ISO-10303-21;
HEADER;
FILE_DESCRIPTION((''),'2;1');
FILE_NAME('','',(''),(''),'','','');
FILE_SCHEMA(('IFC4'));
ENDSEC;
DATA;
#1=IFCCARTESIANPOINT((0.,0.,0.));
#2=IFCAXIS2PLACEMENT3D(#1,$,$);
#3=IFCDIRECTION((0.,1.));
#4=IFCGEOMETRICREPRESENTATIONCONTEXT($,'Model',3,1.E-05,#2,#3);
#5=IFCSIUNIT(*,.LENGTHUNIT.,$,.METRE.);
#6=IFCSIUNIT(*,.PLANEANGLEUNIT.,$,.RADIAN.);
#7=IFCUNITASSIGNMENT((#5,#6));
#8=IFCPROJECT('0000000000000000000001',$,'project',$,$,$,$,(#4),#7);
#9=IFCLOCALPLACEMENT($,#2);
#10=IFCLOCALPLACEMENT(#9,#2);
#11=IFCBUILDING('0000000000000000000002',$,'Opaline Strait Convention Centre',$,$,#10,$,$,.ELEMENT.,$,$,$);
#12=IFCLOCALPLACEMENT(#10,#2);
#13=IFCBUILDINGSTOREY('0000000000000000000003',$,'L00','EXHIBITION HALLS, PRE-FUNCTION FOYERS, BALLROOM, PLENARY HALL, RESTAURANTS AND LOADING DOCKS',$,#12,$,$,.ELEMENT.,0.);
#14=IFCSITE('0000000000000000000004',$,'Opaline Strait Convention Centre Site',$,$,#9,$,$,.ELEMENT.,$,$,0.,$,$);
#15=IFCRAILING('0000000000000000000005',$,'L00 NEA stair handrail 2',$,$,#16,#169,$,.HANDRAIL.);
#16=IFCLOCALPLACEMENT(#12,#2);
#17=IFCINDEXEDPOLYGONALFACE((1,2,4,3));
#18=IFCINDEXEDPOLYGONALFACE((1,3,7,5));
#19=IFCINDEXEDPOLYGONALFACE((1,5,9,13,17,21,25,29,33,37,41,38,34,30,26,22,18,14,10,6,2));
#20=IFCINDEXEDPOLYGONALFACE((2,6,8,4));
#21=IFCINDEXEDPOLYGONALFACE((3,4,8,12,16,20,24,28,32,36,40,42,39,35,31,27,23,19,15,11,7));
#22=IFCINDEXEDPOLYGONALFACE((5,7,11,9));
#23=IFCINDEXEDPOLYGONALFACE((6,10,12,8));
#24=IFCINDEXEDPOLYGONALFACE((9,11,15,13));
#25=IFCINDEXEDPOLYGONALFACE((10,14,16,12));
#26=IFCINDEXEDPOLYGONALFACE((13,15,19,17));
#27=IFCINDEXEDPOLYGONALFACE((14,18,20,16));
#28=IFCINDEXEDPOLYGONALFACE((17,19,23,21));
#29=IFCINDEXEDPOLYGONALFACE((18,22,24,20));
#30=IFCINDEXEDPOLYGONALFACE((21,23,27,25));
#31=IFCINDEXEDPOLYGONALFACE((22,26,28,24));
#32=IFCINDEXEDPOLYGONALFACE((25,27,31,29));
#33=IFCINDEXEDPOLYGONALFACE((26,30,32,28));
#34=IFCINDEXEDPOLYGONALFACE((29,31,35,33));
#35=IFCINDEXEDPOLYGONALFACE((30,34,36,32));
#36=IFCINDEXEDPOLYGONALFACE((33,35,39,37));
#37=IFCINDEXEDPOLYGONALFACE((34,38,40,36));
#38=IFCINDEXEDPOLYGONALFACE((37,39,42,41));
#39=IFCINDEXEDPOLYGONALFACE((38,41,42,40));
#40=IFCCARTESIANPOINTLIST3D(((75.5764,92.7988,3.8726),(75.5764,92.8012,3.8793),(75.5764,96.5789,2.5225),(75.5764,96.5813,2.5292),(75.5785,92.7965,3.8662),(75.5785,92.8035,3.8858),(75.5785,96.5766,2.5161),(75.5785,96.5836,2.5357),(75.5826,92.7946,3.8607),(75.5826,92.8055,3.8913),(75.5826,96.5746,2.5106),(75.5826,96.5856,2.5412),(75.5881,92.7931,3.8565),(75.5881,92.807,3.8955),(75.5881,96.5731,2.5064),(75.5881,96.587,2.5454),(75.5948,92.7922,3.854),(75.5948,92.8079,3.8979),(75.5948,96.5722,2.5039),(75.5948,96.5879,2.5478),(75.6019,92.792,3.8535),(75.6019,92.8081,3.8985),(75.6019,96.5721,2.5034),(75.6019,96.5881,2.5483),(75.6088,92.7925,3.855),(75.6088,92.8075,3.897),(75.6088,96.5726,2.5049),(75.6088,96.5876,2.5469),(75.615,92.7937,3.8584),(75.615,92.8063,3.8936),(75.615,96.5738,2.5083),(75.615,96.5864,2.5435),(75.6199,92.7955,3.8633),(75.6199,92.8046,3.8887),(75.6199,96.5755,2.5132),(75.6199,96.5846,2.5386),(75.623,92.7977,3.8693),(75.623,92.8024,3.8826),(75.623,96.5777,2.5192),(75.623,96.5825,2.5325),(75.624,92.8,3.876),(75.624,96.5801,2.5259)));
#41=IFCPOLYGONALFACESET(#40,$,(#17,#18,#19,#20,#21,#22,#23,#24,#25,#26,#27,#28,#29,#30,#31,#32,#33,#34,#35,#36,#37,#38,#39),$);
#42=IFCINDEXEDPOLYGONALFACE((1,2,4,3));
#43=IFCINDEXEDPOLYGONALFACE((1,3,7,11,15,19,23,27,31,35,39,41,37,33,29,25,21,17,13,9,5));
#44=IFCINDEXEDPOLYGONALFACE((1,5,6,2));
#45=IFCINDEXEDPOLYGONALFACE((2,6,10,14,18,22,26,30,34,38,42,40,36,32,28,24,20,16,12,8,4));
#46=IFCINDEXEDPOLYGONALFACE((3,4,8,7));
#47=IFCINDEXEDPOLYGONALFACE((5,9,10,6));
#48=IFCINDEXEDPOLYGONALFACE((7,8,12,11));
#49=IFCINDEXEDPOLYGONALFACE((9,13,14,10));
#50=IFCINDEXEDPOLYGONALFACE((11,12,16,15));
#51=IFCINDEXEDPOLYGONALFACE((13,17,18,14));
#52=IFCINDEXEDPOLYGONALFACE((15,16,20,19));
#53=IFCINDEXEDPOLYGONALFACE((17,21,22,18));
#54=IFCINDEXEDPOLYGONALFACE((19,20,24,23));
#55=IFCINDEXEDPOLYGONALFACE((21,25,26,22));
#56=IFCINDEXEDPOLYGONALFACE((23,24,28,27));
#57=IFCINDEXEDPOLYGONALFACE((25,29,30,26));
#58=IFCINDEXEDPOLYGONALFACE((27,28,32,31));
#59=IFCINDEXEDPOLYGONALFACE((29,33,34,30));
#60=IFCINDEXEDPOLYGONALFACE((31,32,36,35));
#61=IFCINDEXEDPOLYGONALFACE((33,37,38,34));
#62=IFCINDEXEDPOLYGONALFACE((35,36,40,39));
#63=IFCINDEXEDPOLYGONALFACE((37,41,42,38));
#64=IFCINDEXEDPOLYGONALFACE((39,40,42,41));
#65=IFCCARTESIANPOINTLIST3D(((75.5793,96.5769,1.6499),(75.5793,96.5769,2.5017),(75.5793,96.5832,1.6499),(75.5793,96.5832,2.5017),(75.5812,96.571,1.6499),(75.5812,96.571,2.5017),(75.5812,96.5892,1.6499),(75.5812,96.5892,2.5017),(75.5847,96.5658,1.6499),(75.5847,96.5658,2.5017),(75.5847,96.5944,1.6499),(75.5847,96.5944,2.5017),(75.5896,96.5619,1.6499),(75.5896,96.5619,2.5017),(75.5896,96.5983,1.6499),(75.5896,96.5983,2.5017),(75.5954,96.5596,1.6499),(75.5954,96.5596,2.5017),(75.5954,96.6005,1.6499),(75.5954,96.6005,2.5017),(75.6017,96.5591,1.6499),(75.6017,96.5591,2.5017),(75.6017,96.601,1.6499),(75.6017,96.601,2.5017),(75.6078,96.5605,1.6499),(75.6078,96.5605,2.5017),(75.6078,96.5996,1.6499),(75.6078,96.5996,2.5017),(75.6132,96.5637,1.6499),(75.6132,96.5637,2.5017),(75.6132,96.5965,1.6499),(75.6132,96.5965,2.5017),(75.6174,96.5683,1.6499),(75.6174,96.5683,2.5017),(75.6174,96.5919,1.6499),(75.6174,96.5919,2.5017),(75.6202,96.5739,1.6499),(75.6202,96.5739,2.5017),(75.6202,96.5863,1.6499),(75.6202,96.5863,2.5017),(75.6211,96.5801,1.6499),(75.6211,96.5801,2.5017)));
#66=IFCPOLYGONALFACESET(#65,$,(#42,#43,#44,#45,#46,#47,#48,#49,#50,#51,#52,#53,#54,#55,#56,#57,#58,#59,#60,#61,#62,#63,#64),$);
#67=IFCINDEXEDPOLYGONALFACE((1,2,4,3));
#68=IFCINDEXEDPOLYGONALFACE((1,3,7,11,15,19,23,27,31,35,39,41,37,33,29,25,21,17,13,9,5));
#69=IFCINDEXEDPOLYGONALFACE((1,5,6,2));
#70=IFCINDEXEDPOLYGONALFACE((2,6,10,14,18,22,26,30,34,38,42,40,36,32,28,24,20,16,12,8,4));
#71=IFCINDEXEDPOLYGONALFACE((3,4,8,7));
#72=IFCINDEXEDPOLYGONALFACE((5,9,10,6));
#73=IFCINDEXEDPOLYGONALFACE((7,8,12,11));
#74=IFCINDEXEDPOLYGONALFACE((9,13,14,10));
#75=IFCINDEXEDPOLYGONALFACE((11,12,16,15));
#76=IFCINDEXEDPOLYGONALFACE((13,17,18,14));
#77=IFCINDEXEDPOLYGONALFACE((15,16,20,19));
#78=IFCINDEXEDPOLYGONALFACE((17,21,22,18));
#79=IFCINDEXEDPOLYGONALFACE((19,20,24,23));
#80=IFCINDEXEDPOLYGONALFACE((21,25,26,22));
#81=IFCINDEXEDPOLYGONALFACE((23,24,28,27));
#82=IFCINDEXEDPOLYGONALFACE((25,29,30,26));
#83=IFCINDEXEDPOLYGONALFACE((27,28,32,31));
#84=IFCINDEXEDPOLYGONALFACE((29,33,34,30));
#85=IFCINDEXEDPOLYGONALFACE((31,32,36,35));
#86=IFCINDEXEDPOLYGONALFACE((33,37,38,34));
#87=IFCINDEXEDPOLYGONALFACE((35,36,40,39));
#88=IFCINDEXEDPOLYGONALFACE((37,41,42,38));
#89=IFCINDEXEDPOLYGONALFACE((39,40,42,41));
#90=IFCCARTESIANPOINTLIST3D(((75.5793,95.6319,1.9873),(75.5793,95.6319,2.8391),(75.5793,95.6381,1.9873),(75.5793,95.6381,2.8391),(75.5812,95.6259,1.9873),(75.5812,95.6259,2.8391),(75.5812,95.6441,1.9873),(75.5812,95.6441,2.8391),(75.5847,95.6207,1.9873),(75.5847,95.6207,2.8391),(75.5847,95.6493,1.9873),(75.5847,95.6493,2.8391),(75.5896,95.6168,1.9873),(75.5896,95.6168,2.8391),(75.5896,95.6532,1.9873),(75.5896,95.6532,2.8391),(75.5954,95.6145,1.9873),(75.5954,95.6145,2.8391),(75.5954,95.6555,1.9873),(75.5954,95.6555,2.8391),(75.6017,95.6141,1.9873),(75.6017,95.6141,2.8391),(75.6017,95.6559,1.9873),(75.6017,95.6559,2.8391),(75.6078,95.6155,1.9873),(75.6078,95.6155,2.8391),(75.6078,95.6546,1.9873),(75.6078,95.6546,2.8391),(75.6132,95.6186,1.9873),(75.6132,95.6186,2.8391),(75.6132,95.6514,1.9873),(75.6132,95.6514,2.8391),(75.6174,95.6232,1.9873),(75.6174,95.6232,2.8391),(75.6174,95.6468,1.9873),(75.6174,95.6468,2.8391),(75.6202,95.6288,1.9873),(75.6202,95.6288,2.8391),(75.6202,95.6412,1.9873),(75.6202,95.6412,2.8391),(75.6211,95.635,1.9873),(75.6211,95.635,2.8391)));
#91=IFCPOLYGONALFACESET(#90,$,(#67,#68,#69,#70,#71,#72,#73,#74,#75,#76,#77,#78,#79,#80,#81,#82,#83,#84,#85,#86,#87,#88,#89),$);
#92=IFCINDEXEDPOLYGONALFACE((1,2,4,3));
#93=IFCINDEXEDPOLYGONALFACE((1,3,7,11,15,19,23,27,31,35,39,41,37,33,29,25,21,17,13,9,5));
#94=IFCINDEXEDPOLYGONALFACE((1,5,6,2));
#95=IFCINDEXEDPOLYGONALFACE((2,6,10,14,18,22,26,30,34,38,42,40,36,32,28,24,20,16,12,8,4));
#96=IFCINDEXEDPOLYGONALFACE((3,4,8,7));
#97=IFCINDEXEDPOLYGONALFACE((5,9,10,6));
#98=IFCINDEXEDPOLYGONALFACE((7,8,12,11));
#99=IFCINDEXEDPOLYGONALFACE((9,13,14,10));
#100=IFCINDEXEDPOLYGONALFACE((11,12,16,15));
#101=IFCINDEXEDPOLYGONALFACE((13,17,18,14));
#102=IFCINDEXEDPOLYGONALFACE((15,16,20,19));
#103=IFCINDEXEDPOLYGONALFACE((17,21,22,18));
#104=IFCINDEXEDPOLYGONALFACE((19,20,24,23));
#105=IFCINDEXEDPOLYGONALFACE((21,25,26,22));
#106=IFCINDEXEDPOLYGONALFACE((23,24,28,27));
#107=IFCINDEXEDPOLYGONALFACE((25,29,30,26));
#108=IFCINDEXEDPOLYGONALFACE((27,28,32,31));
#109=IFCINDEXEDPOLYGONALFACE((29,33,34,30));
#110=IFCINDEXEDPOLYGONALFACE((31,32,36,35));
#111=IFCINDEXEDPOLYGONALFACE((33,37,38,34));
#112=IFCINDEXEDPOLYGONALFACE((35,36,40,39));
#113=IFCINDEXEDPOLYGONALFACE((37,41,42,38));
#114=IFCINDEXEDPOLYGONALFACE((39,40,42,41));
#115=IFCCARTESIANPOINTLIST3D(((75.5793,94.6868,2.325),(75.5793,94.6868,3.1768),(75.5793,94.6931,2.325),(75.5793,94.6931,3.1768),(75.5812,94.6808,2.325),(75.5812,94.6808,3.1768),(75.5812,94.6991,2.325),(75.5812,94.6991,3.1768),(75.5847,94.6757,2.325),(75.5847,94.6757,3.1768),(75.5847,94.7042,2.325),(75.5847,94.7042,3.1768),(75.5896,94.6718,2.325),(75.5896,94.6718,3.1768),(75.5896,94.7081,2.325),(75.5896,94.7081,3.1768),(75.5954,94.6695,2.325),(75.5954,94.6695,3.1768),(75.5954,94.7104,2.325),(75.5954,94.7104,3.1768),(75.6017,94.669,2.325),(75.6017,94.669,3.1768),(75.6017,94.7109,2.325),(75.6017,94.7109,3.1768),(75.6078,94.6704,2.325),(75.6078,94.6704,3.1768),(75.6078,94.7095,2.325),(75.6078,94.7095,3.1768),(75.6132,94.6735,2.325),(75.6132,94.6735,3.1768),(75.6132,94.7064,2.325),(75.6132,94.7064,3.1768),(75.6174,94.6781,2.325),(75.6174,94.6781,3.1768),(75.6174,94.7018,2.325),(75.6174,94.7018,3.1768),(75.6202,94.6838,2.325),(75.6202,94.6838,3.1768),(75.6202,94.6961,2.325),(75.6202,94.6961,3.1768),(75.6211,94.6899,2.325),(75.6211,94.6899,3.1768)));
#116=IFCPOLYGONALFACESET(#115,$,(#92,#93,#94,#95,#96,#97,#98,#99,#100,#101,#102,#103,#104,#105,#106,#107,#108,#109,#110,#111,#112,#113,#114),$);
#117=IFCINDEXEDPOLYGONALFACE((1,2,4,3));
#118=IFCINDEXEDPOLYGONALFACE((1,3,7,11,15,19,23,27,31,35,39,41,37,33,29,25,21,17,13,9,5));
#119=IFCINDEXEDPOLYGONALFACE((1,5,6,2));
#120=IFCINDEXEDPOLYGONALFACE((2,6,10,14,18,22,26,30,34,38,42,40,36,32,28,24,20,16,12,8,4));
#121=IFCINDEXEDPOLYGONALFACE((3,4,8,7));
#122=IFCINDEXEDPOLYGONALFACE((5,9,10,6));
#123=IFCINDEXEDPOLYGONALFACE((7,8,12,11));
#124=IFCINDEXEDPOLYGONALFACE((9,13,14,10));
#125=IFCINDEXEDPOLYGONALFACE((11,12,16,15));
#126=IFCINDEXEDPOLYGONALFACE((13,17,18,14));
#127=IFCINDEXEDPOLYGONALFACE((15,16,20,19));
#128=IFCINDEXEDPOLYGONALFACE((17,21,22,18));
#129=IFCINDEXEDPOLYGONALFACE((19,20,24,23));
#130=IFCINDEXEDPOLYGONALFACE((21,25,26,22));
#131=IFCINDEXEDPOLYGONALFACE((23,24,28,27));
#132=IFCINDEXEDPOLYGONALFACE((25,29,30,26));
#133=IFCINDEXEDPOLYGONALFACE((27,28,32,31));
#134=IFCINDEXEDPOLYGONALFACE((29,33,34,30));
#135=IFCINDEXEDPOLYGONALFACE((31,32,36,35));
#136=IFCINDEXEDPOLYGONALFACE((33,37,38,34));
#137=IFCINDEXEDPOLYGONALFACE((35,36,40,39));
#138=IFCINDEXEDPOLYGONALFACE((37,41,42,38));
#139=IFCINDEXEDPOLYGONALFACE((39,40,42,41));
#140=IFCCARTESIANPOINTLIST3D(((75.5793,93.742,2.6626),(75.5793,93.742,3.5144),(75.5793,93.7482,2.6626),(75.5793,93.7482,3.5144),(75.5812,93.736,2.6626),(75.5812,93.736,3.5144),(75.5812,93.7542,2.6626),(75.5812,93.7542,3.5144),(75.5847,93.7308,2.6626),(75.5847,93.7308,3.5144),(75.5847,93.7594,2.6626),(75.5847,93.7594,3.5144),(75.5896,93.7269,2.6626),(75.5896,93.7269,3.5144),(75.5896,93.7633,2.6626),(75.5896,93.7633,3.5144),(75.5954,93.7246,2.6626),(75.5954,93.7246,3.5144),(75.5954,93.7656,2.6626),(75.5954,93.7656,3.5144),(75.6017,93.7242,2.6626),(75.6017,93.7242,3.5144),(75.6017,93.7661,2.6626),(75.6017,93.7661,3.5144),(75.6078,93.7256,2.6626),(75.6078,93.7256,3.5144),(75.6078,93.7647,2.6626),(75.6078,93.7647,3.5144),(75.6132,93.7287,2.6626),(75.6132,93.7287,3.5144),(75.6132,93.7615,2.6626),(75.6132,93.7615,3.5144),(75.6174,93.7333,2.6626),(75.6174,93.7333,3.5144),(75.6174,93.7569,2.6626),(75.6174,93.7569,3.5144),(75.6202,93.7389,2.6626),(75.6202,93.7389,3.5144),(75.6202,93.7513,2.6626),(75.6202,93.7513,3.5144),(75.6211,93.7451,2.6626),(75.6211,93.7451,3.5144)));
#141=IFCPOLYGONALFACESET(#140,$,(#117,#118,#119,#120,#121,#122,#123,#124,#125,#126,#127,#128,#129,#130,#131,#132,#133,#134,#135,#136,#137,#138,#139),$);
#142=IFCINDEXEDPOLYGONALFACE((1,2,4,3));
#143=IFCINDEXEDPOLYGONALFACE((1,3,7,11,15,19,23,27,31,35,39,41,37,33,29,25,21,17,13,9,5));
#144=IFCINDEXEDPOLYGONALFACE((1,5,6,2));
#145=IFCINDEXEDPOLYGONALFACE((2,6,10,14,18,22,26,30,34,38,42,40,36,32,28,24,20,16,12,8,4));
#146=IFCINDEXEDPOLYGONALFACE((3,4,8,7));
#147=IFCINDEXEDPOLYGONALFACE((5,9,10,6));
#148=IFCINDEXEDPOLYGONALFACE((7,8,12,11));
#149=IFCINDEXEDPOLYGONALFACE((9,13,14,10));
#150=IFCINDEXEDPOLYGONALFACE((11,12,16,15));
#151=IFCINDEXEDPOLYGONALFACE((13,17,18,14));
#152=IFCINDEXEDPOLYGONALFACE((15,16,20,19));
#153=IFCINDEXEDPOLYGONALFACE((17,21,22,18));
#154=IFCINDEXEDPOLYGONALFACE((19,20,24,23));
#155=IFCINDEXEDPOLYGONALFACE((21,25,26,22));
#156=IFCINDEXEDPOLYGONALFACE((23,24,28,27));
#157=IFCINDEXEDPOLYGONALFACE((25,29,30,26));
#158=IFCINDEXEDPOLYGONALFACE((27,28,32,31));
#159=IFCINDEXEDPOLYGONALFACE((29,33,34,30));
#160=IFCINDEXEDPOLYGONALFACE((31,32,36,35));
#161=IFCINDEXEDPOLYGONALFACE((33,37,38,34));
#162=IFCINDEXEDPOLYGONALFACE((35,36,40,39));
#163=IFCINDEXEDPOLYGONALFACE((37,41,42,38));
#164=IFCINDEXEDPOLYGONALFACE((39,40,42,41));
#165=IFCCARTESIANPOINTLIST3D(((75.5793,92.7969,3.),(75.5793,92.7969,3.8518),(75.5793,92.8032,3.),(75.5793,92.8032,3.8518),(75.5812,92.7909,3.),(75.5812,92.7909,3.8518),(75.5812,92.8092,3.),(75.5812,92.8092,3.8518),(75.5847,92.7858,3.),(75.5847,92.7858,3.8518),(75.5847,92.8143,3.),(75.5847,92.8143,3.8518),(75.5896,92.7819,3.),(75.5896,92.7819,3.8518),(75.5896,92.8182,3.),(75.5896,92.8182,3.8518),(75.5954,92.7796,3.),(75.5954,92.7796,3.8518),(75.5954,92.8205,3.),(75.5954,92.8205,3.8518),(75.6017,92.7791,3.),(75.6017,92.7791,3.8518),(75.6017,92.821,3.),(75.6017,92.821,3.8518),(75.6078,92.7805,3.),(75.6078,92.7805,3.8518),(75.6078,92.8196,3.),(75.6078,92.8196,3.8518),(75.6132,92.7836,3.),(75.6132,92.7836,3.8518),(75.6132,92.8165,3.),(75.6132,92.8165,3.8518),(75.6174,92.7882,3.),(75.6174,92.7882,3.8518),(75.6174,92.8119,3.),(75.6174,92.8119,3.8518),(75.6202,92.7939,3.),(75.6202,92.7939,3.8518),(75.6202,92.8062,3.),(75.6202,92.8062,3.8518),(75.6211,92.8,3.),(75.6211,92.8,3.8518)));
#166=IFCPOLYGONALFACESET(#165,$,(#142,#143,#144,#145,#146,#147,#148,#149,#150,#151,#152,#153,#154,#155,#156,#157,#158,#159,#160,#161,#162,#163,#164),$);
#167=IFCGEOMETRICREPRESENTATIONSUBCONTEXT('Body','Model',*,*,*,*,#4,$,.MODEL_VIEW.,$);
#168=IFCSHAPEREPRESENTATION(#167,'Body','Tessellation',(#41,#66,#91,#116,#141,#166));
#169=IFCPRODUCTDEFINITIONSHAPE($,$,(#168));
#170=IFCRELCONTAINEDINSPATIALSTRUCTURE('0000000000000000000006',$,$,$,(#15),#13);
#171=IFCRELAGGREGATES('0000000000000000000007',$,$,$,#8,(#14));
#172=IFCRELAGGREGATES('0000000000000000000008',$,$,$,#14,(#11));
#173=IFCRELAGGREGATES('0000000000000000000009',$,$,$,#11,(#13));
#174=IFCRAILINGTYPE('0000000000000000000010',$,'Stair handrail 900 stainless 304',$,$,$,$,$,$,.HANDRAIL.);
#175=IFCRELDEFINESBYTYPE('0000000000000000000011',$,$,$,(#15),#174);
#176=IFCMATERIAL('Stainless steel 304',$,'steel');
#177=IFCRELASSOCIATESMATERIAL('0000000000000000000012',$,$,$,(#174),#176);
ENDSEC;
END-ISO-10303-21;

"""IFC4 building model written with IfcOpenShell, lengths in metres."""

from ifc_helpers import new_model, si_unit, direction, frame, origin, origin_2d, place, context, subcontext, project, spatial, circle, extrude, material, type_object, element, save


model = new_model("IFC4")

# Units and contexts
model_context = context("Model", 3, precision=1e-05, world=origin(), true_north=direction((0.0, 1.0)))
body_context = subcontext(model_context, "Body", "Model", "MODEL_VIEW")
ifc_project = project(units=[si_unit("LENGTHUNIT", "METRE"), si_unit("PLANEANGLEUNIT", "RADIAN")], contexts=[model_context])

# Site, building, storey
site_placement = place(None, origin())
site = spatial("IfcSite", under=ifc_project, at=site_placement, Name="Opaline Strait Convention Centre Site", CompositionType="ELEMENT", RefElevation=0.0)
building_placement = place(site_placement, origin())
building = spatial("IfcBuilding", under=site, at=building_placement, Name="Opaline Strait Convention Centre", CompositionType="ELEMENT")
storey_placement = place(building_placement, origin())
storey = spatial("IfcBuildingStorey", under=building, at=storey_placement, Name="L00", Description="EXHIBITION HALLS, PRE-FUNCTION FOYERS, BALLROOM, PLENARY HALL, RESTAURANTS AND LOADING DOCKS", CompositionType="ELEMENT", Elevation=0.0)

# Railing
ifc_material_1 = material(Name="Stainless steel 304", Category="steel")
railing_type_1 = type_object("IfcRailingType", Name="Stair handrail 900 stainless 304", PredefinedType="HANDRAIL", material=ifc_material_1)
railing_1_placement = place(storey_placement, frame((75.6001, 96.5801, 1.6499)))
element("IfcRailing", 1, at=railing_1_placement, inside=storey, type_object=railing_type_1, Name="L00 NEA stair handrail 2", PredefinedType="HANDRAIL", context=body_context, shape_type="SweptSolid", body=[
    extrude(circle(Radius=0.0239, at=origin_2d()), frame((0.0, 0.0, 0.876), z_axis=(0.0, -0.941735, 0.336356), x_axis=(1.0, 0.0, 0.0)), (0.0, 0.0, 1.0), 4.0139),
    extrude(circle(Radius=0.021, at=origin_2d()), origin(), (0.0, 0.0, 1.0), 0.8518),
    extrude(circle(Radius=0.021, at=origin_2d()), frame((0.0, -0.9451, 0.3374)), (0.0, 0.0, 1.0), 0.8518),
    extrude(circle(Radius=0.021, at=origin_2d()), frame((0.0, -1.8901, 0.675)), (0.0, 0.0, 1.0), 0.8518),
    extrude(circle(Radius=0.021, at=origin_2d()), frame((0.0, -2.835, 1.0127)), (0.0, 0.0, 1.0), 0.8518),
    extrude(circle(Radius=0.021, at=origin_2d()), frame((0.0, -3.78, 1.3501)), (0.0, 0.0, 1.0), 0.8518),
])

save(model, "model.ifc")
